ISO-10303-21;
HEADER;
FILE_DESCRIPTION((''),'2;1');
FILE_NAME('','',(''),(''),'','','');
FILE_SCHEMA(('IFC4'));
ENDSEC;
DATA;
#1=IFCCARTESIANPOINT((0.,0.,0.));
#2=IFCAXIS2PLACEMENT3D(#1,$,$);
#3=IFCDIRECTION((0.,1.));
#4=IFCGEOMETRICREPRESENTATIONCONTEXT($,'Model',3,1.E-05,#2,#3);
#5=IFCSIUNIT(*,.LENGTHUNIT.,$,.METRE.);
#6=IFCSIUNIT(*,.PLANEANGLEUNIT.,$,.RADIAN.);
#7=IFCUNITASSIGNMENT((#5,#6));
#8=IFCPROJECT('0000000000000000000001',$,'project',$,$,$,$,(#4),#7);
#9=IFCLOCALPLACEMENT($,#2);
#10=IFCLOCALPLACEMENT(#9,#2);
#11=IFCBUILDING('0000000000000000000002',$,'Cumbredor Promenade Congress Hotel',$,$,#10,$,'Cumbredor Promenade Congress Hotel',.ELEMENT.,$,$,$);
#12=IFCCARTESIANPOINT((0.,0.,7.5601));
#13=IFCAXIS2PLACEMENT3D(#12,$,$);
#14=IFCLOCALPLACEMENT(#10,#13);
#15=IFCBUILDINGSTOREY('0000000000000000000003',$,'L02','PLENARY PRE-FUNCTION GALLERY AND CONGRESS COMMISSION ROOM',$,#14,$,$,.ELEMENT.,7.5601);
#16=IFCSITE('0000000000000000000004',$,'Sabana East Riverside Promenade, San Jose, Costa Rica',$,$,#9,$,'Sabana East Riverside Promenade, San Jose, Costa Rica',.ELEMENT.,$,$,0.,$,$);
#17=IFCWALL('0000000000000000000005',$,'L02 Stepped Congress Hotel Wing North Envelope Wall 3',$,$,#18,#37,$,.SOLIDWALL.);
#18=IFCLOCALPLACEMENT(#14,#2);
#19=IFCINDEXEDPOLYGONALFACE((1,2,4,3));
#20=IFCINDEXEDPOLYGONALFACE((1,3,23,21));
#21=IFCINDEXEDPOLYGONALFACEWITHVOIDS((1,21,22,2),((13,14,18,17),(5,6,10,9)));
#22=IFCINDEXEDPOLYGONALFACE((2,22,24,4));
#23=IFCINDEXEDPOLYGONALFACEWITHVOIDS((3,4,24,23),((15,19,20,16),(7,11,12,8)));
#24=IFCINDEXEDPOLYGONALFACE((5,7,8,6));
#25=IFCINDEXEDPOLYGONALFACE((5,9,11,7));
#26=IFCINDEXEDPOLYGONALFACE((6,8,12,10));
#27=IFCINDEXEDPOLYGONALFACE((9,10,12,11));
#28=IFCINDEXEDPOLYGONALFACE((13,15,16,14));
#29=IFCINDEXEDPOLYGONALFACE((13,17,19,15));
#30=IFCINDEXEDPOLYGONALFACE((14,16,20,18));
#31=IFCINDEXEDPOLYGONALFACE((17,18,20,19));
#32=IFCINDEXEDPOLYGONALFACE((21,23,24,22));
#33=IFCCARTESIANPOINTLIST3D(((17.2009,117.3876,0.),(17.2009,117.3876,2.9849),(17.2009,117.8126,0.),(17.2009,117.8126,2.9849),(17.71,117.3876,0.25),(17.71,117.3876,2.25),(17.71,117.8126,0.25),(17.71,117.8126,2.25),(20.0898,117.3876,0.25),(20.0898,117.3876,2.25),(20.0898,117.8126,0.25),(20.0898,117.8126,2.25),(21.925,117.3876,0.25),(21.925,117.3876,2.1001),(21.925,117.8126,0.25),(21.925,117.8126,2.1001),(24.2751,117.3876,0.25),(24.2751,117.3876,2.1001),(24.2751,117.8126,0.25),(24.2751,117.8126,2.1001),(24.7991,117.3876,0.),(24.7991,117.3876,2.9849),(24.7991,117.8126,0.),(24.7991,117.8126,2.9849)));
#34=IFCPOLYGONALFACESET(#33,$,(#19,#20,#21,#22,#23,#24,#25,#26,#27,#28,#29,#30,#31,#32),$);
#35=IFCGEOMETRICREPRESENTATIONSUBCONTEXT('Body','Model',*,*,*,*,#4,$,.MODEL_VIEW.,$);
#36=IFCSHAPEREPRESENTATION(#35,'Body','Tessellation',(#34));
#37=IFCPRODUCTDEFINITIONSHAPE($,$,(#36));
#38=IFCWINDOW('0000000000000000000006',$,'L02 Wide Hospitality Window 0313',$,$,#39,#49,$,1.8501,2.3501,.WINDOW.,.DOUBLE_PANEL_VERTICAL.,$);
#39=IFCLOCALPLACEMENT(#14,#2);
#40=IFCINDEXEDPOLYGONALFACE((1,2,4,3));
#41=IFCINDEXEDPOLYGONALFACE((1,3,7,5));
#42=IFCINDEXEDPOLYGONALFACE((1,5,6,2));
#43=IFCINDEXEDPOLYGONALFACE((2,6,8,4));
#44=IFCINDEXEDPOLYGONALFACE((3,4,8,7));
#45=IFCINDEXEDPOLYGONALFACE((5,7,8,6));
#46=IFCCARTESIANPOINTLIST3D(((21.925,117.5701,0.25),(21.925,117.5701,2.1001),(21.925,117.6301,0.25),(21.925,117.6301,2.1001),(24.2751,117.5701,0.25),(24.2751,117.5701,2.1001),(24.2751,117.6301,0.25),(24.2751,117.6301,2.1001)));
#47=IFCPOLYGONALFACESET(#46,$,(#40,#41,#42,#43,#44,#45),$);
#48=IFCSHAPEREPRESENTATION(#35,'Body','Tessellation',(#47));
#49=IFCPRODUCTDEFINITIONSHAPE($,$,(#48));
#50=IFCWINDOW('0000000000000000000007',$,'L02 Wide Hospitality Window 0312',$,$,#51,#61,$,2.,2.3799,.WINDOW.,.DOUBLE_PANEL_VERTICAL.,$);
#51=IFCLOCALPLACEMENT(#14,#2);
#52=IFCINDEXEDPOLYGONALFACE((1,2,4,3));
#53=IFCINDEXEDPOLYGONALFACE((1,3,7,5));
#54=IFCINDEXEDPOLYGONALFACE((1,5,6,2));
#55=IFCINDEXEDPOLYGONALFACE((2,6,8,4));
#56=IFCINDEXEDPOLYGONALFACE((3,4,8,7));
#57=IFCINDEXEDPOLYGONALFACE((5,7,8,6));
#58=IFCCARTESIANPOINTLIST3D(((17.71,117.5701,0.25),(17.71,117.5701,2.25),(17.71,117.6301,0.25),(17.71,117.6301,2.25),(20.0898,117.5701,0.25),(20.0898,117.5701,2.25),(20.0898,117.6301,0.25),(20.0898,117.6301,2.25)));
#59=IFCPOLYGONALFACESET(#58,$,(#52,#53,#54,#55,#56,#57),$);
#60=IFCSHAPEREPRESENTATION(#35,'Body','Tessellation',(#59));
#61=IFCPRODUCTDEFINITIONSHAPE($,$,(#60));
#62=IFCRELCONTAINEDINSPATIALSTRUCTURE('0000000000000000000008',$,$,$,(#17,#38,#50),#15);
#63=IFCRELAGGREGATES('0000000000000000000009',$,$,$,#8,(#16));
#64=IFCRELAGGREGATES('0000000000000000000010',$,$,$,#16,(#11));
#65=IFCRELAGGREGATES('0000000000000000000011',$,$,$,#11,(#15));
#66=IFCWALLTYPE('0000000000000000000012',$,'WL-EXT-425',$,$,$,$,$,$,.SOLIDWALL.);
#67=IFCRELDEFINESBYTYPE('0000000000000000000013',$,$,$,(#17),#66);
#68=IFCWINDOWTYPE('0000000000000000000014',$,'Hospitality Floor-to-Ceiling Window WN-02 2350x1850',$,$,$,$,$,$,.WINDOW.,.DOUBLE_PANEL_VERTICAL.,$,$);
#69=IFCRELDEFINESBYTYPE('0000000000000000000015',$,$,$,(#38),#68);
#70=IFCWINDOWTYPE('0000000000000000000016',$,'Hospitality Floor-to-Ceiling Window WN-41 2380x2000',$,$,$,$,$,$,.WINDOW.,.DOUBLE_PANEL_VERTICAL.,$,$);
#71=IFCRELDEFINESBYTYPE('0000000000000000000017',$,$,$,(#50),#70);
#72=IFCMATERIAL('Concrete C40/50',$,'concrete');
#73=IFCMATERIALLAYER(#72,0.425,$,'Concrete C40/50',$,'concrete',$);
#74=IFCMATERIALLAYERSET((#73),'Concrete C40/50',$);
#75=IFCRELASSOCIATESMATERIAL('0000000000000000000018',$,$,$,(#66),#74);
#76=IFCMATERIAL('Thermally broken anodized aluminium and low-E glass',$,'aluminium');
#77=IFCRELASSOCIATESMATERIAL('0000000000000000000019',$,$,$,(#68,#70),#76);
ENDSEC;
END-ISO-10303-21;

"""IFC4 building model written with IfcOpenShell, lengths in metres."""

from ifc_helpers import new_model, si_unit, direction, frame, frame_2d, origin, place, context, subcontext, project, spatial, rectangle, extrude, material, layer, layer_set, type_object, element, fill, save


model = new_model("IFC4")

# Units and contexts
model_context = context("Model", 3, precision=1e-05, world=origin(), true_north=direction((0.0, 1.0)))
body_context = subcontext(model_context, "Body", "Model", "MODEL_VIEW")
ifc_project = project(units=[si_unit("LENGTHUNIT", "METRE"), si_unit("PLANEANGLEUNIT", "RADIAN")], contexts=[model_context])

# Site, building, storey
site_placement = place(None, origin())
site = spatial("IfcSite", under=ifc_project, at=site_placement, Name="Sabana East Riverside Promenade, San Jose, Costa Rica", LongName="Sabana East Riverside Promenade, San Jose, Costa Rica", CompositionType="ELEMENT", RefElevation=0.0)
building_placement = place(site_placement, origin())
building = spatial("IfcBuilding", under=site, at=building_placement, Name="Cumbredor Promenade Congress Hotel", LongName="Cumbredor Promenade Congress Hotel", CompositionType="ELEMENT")
storey_placement = place(building_placement, frame((0.0, 0.0, 7.5601)))
storey = spatial("IfcBuildingStorey", under=building, at=storey_placement, Name="L02", Description="PLENARY PRE-FUNCTION GALLERY AND CONGRESS COMMISSION ROOM", CompositionType="ELEMENT", Elevation=7.5601)

# Shared definitions
ifc_material_1 = material(Name="Concrete C40/50", Category="concrete")

# Shared definitions
ifc_material_2 = material(Name="Thermally broken anodized aluminium and low-E glass", Category="aluminium")

# Wall, openings, windows
ifc_layer_1 = layer(ifc_material_1, 0.425, Name="Concrete C40/50", Category="concrete")
ifc_layer_set_1 = layer_set([ifc_layer_1], Name="Concrete C40/50")
wall_type_1 = type_object("IfcWallType", Name="WL-EXT-425", PredefinedType="SOLIDWALL", material=ifc_layer_set_1)
wall_1_placement = place(storey_placement, frame((17.2009, 117.6001, 0.0), z_axis=(0.0, 0.0, 1.0), x_axis=(1.0, 0.0, 0.0)))
wall_1 = element("IfcWall", 1, at=wall_1_placement, inside=storey, type_object=wall_type_1, Name="L02 Stepped Congress Hotel Wing North Envelope Wall 3", PredefinedType="SOLIDWALL", context=body_context, shape_type="SweptSolid", body=[
    extrude(rectangle(XDim=7.5981, YDim=0.425, at=frame_2d((3.7991, 0.0))), origin(), (0.0, 0.0, 1.0), 2.9849),
])
opening_1_placement = place(wall_1_placement, frame((0.509, 0.0, 0.25)))
opening_1 = element("IfcOpeningElement", 2, at=opening_1_placement, cuts=wall_1, PredefinedType="OPENING", context=body_context, shape_type="SweptSolid", body=[
    extrude(rectangle(XDim=2.3799, YDim=2.0, at=frame_2d((1.1899, 1.0))), frame((0.0, 0.2227, 0.0), z_axis=(0.0, -1.0, 0.0), x_axis=(1.0, 0.0, 0.0)), (0.0, 0.0, 1.0), 0.4451),
])
opening_2_placement = place(wall_1_placement, frame((4.7241, 0.0, 0.25)))
opening_2 = element("IfcOpeningElement", 3, at=opening_2_placement, cuts=wall_1, PredefinedType="OPENING", context=body_context, shape_type="SweptSolid", body=[
    extrude(rectangle(XDim=2.3501, YDim=1.8501, at=frame_2d((1.175, 0.925))), frame((0.0, 0.2227, 0.0), z_axis=(0.0, -1.0, 0.0), x_axis=(1.0, 0.0, 0.0)), (0.0, 0.0, 1.0), 0.4451),
])
window_type_1 = type_object("IfcWindowType", Name="Hospitality Floor-to-Ceiling Window WN-02 2350x1850", PartitioningType="DOUBLE_PANEL_VERTICAL", PredefinedType="WINDOW", material=ifc_material_2)
window_1_placement = place(opening_2_placement, origin())
window_1 = element("IfcWindow", 4, at=window_1_placement, inside=storey, type_object=window_type_1, Name="L02 Wide Hospitality Window 0313", OverallHeight=1.8501, OverallWidth=2.3501, PartitioningType="DOUBLE_PANEL_VERTICAL", PredefinedType="WINDOW", context=body_context, shape_type="SweptSolid", body=[
    extrude(rectangle(XDim=2.3501, YDim=1.8501, at=frame_2d((1.175, 0.925))), frame((0.0, 0.03, 0.0), z_axis=(0.0, -1.0, 0.0), x_axis=(1.0, 0.0, 0.0)), (0.0, 0.0, 1.0), 0.0601),
])
fill(opening_2, window_1)
window_type_2 = type_object("IfcWindowType", Name="Hospitality Floor-to-Ceiling Window WN-41 2380x2000", PartitioningType="DOUBLE_PANEL_VERTICAL", PredefinedType="WINDOW", material=ifc_material_2)
window_2_placement = place(opening_1_placement, origin())
window_2 = element("IfcWindow", 5, at=window_2_placement, inside=storey, type_object=window_type_2, Name="L02 Wide Hospitality Window 0312", OverallHeight=2.0, OverallWidth=2.3799, PartitioningType="DOUBLE_PANEL_VERTICAL", PredefinedType="WINDOW", context=body_context, shape_type="SweptSolid", body=[
    extrude(rectangle(XDim=2.3799, YDim=2.0, at=frame_2d((1.1899, 1.0))), frame((0.0, 0.03, 0.0), z_axis=(0.0, -1.0, 0.0), x_axis=(1.0, 0.0, 0.0)), (0.0, 0.0, 1.0), 0.0601),
])
fill(opening_1, window_2)

save(model, "model.ifc")
